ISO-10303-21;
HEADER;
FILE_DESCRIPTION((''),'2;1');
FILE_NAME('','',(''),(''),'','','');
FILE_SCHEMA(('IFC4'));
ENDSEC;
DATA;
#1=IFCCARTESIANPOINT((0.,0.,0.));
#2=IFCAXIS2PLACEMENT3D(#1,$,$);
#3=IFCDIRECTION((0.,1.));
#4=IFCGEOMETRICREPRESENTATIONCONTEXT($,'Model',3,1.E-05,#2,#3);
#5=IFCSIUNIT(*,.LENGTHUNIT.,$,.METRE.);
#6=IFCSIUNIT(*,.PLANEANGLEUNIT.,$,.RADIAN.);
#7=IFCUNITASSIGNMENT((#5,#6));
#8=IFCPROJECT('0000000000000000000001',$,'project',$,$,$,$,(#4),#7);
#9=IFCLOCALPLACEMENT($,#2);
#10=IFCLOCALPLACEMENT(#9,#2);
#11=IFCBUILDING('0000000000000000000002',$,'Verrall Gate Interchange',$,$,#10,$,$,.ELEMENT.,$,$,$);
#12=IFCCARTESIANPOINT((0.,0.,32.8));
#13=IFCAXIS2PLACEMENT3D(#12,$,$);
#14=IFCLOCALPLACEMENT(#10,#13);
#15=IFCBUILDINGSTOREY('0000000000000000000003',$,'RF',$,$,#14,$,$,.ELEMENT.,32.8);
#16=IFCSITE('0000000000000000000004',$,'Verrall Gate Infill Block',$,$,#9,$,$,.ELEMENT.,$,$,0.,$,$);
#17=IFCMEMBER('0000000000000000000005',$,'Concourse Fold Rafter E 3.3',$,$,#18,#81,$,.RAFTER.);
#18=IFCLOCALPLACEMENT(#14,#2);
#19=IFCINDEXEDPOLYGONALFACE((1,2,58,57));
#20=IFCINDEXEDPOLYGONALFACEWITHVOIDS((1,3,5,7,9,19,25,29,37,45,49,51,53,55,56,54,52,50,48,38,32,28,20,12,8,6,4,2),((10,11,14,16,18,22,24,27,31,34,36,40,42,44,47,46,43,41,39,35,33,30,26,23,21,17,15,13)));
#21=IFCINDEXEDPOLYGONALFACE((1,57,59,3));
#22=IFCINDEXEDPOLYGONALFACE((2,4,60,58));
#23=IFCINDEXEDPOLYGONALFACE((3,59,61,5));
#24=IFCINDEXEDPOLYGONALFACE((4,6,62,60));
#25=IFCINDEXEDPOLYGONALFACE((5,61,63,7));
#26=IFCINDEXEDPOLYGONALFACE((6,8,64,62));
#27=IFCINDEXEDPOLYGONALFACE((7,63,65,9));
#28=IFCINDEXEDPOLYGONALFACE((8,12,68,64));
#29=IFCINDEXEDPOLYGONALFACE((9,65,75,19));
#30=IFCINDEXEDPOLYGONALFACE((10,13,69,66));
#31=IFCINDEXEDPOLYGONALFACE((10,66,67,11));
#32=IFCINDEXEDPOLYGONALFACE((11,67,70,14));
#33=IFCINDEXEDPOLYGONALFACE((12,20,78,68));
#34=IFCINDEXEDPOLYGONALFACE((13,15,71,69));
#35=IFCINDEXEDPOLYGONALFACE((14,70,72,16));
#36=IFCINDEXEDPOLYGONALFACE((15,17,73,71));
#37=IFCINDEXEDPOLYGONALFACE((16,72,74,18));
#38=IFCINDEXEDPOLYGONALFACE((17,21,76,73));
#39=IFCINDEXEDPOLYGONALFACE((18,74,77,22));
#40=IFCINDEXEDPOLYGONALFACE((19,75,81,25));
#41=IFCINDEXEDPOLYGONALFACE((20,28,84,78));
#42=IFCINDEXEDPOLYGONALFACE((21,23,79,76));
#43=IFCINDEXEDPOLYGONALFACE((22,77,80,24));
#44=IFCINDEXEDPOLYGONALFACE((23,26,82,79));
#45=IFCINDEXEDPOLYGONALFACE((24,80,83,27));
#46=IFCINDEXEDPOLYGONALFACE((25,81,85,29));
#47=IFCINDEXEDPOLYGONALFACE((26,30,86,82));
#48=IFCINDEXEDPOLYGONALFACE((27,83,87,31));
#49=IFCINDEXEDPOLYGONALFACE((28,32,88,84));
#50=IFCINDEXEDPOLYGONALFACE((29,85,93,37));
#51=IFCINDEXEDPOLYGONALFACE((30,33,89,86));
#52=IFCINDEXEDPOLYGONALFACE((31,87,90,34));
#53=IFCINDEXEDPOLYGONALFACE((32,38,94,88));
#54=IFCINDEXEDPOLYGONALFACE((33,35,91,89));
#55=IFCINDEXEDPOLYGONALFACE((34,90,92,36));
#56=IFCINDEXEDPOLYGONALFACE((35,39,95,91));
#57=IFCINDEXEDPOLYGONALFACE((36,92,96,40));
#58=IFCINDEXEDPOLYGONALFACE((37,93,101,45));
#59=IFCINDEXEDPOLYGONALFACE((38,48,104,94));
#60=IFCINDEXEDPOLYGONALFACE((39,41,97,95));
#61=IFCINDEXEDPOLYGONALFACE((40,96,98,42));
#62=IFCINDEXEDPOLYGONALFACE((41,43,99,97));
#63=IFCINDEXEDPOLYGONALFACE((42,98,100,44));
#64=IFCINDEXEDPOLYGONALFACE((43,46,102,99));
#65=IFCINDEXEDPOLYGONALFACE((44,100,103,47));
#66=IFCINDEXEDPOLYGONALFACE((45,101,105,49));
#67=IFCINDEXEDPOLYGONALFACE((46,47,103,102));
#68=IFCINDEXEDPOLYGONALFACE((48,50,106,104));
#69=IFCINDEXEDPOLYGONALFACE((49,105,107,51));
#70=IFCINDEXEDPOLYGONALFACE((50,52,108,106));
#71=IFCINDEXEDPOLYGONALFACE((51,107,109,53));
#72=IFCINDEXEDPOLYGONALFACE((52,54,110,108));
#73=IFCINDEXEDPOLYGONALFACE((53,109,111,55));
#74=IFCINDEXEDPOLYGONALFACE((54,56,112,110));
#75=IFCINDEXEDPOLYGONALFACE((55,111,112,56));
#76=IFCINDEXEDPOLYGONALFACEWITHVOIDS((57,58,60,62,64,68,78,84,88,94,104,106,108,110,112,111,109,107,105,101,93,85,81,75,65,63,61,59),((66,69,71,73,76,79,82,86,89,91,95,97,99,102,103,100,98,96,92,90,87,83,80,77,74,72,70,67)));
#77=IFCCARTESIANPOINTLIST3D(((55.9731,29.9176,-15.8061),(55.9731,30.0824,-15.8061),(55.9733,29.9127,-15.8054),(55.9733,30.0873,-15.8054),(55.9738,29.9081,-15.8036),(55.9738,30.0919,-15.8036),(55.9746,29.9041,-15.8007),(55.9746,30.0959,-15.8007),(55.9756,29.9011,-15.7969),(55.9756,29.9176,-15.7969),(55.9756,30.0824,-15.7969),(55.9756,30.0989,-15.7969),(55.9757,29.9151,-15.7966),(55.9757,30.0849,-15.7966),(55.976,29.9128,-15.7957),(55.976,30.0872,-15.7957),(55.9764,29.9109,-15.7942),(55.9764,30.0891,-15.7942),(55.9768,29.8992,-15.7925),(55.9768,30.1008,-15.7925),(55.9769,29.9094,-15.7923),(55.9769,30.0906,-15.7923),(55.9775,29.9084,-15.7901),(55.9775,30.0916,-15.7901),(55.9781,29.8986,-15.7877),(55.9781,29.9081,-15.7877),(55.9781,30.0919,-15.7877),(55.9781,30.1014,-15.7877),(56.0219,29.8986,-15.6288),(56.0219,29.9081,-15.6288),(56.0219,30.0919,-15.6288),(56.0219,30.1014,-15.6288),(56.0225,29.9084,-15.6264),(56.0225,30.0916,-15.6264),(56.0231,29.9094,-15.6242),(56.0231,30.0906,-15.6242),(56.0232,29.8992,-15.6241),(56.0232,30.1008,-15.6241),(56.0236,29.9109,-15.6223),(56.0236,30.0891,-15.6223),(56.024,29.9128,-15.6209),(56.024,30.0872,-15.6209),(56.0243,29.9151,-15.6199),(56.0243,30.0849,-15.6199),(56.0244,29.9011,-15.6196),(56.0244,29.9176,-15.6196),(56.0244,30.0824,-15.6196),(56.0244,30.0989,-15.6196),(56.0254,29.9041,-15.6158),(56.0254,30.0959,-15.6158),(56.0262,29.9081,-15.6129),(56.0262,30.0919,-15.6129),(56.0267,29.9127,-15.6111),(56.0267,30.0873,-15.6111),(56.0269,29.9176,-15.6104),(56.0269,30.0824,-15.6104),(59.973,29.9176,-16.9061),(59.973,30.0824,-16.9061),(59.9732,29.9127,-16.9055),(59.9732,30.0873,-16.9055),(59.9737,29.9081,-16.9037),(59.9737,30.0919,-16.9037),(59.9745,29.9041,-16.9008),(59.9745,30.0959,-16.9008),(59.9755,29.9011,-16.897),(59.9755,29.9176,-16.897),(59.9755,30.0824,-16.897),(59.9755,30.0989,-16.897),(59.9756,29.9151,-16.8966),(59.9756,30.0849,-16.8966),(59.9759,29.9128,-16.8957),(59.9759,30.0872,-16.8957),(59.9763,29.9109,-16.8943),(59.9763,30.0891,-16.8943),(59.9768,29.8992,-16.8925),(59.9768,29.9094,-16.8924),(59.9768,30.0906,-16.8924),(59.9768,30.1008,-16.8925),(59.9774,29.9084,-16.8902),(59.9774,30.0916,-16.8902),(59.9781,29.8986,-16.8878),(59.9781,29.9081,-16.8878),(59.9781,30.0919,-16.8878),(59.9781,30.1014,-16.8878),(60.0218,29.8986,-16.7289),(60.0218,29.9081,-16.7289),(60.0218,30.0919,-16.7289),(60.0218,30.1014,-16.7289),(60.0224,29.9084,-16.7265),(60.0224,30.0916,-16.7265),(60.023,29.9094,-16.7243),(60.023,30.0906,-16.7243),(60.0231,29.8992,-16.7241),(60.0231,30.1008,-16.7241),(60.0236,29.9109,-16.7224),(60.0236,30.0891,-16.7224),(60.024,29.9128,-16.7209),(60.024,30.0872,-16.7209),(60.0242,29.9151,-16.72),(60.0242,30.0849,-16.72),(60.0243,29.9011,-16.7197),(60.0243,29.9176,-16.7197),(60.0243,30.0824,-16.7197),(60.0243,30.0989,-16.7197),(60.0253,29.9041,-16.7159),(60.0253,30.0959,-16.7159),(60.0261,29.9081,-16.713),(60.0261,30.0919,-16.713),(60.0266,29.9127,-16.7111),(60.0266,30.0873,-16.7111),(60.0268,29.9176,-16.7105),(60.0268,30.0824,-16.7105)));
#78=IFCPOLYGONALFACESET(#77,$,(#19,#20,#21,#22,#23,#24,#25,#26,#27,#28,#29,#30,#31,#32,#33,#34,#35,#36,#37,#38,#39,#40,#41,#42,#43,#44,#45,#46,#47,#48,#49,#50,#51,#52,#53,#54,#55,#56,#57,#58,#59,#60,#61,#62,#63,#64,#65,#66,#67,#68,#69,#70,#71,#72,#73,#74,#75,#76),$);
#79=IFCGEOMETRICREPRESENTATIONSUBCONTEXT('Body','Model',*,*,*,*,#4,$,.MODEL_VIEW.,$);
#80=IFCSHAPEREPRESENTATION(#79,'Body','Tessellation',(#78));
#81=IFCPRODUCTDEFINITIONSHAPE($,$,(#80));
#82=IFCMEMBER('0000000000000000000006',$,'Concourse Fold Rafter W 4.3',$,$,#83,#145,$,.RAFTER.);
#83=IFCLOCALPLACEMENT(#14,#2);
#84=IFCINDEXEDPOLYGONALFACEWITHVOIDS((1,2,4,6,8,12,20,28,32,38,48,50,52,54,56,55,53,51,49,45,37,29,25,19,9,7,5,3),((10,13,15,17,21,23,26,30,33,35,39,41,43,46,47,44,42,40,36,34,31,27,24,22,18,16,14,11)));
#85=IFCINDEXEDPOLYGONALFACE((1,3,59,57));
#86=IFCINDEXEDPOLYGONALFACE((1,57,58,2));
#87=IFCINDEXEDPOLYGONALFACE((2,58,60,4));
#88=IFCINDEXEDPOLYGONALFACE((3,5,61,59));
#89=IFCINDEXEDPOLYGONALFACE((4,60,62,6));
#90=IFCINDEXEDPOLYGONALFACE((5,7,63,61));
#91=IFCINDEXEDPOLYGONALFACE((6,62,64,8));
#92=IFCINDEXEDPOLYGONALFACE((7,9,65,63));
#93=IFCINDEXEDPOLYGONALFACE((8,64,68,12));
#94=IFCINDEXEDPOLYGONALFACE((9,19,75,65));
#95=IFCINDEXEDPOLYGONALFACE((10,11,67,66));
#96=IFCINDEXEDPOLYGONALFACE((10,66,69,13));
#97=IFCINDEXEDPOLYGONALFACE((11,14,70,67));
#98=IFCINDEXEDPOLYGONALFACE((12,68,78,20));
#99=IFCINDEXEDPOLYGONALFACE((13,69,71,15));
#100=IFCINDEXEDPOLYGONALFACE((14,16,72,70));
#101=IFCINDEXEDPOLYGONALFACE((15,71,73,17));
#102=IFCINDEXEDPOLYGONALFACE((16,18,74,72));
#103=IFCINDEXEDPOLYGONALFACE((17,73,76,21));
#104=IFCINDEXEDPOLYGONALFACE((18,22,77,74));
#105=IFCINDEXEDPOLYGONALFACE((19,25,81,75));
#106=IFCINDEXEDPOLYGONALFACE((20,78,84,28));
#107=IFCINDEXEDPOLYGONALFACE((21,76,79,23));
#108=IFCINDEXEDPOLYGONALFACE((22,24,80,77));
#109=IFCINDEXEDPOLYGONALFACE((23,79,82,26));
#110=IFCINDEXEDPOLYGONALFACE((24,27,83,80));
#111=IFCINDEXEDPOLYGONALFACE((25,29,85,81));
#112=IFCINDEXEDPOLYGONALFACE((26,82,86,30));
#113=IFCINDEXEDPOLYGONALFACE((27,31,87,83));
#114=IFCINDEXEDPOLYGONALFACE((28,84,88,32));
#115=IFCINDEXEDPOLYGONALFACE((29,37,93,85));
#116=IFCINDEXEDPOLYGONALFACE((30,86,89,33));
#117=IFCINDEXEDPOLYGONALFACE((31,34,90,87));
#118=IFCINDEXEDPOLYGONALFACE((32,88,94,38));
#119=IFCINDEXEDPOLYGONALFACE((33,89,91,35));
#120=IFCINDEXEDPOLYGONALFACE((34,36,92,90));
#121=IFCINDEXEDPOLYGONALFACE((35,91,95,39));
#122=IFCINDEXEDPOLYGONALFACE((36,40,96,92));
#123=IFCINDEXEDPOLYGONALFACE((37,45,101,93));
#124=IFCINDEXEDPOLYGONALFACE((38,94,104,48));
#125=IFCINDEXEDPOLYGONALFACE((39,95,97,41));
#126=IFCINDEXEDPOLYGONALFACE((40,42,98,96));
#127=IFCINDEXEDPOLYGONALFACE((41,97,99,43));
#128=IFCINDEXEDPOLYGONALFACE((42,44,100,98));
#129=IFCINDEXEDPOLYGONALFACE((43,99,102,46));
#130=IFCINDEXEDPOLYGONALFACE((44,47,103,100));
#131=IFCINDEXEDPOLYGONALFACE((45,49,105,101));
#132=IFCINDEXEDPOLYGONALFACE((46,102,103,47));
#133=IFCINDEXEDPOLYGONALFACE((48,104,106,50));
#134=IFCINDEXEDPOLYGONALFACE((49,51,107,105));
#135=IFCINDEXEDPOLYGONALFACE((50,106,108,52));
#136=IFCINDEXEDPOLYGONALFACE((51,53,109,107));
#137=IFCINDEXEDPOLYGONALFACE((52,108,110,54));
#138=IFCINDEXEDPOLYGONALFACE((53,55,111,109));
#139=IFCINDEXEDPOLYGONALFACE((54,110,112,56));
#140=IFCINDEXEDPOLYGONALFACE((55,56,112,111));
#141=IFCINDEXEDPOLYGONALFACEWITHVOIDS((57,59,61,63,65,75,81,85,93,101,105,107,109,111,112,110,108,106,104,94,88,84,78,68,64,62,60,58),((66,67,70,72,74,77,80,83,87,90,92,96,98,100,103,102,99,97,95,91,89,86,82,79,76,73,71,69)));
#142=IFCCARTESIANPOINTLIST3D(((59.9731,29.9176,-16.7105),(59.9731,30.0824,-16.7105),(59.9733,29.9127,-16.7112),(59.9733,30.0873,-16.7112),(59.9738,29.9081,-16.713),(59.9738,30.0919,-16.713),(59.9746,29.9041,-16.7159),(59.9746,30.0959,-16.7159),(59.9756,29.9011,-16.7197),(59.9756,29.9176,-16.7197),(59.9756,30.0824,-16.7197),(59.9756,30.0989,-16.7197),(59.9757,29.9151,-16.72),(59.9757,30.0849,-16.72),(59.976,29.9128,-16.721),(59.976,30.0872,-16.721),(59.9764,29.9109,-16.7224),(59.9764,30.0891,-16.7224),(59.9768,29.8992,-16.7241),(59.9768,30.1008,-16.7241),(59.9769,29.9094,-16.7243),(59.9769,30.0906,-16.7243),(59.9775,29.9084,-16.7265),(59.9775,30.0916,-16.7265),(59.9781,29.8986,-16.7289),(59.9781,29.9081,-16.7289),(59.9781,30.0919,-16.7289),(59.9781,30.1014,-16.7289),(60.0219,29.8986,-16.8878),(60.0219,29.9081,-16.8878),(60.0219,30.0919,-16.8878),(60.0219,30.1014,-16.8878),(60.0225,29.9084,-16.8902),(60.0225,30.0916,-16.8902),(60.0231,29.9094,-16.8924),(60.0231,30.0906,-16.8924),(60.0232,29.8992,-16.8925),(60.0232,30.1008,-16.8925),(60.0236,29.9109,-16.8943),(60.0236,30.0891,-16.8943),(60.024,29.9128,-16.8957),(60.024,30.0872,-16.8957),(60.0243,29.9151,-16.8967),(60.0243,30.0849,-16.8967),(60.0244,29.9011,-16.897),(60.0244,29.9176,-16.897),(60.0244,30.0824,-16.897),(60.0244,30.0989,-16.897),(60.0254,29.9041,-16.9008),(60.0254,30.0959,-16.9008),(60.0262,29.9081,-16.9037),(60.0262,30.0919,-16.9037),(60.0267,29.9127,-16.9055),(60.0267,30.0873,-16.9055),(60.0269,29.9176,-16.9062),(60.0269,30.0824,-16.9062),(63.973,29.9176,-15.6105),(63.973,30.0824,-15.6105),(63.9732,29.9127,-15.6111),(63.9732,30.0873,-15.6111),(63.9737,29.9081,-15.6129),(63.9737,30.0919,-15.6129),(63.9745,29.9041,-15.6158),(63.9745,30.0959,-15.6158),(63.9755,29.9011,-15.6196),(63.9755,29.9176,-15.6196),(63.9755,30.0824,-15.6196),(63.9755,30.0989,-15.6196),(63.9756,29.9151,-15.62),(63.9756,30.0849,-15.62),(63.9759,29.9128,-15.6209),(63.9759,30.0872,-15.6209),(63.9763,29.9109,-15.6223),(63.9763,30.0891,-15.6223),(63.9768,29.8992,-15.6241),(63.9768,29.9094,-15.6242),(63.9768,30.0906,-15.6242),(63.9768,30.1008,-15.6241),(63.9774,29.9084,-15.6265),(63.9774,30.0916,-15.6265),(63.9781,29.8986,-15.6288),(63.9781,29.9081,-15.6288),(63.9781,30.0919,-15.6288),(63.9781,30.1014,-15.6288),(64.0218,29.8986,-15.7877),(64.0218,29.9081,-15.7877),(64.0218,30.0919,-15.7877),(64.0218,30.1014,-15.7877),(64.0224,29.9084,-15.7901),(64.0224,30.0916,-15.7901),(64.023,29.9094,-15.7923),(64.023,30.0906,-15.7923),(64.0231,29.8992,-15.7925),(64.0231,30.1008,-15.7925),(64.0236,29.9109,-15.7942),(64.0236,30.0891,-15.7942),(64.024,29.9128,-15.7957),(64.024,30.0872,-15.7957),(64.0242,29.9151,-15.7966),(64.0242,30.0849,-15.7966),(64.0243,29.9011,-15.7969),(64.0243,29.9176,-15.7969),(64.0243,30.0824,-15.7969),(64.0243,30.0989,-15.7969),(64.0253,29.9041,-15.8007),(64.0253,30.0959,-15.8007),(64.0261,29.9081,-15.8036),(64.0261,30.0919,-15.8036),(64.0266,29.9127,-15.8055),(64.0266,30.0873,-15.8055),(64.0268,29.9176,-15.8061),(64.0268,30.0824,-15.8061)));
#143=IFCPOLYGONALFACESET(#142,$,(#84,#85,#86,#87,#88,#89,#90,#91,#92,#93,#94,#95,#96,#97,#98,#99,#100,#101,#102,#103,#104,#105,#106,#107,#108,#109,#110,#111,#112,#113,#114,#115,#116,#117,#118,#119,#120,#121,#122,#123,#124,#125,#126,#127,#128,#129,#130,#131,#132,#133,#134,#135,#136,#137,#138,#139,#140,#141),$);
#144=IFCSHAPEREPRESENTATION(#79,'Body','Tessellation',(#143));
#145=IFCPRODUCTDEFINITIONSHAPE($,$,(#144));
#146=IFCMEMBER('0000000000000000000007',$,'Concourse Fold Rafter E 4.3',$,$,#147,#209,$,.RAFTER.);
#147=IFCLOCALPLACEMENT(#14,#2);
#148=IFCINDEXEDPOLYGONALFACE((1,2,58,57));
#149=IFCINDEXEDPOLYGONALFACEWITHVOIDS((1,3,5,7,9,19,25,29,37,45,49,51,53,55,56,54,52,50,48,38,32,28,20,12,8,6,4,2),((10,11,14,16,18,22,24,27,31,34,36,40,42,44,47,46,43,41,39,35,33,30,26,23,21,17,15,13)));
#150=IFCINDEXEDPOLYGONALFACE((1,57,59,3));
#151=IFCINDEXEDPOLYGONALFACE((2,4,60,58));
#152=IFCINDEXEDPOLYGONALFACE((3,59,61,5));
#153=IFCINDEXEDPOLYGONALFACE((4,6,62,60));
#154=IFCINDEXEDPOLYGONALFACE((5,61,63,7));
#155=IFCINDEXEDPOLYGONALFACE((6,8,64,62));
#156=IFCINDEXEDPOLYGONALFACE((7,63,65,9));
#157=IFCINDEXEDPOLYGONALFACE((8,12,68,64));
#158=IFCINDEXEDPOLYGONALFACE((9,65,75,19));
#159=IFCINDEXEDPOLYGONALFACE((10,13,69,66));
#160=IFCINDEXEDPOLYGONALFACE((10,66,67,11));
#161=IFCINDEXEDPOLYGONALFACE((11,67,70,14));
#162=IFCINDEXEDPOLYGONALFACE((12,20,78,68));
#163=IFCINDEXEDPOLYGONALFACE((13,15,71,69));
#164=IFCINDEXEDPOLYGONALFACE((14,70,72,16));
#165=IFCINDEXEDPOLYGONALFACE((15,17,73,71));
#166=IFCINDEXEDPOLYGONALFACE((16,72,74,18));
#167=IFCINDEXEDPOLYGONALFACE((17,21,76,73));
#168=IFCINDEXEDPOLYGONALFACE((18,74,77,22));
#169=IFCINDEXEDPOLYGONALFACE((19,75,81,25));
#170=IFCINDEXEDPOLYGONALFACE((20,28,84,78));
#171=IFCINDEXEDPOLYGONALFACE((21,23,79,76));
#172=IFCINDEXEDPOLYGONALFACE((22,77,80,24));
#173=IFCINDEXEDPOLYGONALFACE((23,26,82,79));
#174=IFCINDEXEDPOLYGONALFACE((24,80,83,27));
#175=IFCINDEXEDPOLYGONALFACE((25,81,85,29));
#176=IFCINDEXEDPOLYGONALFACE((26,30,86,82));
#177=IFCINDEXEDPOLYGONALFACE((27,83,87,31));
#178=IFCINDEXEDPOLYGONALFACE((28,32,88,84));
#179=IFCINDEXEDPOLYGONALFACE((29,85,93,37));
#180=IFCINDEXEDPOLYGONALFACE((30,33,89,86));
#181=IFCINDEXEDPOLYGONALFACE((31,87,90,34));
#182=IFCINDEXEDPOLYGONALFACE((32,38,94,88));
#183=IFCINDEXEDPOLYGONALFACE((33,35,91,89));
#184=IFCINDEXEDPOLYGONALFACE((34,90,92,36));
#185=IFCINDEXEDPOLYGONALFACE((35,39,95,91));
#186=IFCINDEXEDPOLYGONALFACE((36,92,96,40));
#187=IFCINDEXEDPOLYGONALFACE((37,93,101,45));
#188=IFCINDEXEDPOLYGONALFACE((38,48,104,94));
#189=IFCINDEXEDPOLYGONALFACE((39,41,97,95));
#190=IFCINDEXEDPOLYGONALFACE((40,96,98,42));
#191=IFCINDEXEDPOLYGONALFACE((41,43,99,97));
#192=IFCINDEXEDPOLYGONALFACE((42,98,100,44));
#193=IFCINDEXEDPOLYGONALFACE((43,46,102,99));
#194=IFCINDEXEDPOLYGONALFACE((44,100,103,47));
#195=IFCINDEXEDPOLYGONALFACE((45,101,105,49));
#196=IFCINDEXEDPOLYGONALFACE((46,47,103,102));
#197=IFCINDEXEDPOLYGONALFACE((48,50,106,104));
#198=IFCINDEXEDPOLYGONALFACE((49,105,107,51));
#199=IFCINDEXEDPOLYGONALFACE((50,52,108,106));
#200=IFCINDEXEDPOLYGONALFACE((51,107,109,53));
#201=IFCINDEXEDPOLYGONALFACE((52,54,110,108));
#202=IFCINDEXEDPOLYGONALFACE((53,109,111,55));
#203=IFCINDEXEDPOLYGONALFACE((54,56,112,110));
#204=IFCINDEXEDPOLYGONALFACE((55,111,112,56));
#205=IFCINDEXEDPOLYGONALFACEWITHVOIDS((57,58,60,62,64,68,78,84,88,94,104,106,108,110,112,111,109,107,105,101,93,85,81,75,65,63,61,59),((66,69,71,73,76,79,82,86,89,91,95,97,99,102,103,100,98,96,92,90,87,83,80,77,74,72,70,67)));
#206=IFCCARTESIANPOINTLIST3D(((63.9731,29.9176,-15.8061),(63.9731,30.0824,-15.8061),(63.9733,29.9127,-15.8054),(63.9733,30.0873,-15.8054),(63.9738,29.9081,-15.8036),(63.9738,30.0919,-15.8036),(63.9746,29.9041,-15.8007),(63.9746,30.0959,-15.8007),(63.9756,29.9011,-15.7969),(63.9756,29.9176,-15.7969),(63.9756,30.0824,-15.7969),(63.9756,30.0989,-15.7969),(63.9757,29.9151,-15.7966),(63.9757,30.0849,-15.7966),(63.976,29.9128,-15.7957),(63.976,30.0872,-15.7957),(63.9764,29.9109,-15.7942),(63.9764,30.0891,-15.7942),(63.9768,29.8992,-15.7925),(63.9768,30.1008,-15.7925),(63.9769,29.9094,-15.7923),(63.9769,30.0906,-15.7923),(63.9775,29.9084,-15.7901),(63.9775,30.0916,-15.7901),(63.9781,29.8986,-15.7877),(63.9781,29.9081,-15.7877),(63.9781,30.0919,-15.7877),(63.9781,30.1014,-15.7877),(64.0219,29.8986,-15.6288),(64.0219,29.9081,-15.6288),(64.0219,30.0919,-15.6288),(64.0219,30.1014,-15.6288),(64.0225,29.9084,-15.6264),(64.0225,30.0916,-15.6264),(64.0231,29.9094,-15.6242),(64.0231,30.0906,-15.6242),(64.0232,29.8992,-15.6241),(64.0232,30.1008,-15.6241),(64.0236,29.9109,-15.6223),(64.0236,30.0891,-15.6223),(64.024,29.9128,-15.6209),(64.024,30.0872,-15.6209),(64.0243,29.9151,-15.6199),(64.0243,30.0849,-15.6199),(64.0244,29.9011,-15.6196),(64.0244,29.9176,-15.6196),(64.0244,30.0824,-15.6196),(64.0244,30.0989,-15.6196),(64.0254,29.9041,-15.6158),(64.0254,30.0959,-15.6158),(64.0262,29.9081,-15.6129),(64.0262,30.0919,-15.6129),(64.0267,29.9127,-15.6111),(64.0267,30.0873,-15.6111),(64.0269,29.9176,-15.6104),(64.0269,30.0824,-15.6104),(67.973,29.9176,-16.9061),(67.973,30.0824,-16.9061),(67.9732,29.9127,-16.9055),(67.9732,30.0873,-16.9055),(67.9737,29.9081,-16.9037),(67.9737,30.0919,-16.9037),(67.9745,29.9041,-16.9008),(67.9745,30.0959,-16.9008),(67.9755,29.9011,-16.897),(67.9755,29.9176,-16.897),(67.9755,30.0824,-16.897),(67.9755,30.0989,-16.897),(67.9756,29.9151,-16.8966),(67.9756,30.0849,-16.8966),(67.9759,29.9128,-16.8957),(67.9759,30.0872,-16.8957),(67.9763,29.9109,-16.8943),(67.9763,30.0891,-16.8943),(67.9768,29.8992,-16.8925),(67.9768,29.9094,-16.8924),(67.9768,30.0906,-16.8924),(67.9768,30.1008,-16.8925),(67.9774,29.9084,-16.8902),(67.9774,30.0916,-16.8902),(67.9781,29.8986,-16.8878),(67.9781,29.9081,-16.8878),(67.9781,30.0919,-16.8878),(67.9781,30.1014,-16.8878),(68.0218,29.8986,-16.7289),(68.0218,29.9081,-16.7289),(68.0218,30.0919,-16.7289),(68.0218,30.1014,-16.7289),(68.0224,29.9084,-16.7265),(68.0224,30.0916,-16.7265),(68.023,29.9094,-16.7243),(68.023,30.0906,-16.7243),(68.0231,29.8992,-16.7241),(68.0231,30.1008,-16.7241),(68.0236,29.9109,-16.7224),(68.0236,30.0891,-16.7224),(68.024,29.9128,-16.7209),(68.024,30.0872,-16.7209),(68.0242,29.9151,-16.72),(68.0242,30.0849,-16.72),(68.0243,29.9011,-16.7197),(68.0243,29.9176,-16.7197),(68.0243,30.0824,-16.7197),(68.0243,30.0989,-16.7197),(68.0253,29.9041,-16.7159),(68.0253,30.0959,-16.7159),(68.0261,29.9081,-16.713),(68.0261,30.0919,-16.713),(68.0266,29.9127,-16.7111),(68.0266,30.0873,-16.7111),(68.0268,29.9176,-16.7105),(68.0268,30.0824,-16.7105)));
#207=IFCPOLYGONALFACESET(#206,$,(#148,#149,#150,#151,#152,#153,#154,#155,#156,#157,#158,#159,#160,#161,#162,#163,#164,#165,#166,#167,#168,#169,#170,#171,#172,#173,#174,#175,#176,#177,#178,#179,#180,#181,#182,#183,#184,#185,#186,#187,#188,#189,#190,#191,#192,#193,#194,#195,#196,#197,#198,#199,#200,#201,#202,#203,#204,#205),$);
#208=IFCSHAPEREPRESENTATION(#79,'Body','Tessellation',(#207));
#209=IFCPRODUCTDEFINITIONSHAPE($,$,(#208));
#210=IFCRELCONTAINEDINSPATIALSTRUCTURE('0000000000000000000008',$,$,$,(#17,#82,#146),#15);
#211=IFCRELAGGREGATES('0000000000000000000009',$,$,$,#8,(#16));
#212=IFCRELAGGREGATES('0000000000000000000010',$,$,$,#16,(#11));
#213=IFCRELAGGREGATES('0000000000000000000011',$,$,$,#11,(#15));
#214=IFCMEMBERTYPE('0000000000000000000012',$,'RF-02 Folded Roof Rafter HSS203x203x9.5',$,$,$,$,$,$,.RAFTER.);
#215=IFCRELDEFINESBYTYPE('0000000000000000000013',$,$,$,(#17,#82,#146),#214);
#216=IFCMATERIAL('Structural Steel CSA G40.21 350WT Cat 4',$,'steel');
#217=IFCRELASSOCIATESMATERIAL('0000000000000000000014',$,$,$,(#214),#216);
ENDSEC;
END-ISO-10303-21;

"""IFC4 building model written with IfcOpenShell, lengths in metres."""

from ifc_helpers import new_model, si_unit, direction, frame, origin, origin_2d, place, context, subcontext, project, spatial, hollow_rectangle, extrude, material, material_profile, profile_set, type_object, element, save


model = new_model("IFC4")

# Units and contexts
model_context = context("Model", 3, precision=1e-05, world=origin(), true_north=direction((0.0, 1.0)))
body_context = subcontext(model_context, "Body", "Model", "MODEL_VIEW")
ifc_project = project(units=[si_unit("LENGTHUNIT", "METRE"), si_unit("PLANEANGLEUNIT", "RADIAN")], contexts=[model_context])

# Site, building, storey
site_placement = place(None, origin())
site = spatial("IfcSite", under=ifc_project, at=site_placement, Name="Verrall Gate Infill Block", CompositionType="ELEMENT", RefElevation=0.0)
building_placement = place(site_placement, origin())
building = spatial("IfcBuilding", under=site, at=building_placement, Name="Verrall Gate Interchange", CompositionType="ELEMENT")
storey_placement = place(building_placement, frame((0.0, 0.0, 32.8)))
storey = spatial("IfcBuildingStorey", under=building, at=storey_placement, Name="RF", CompositionType="ELEMENT", Elevation=32.8)

# Members
ifc_material_1 = material(Name="Structural Steel CSA G40.21 350WT Cat 4", Category="steel")
ifc_material_profile_1 = material_profile(ifc_material_1, hollow_rectangle(XDim=0.2029, YDim=0.2029, WallThickness=0.0095, InnerFilletRadius=0.0095, OuterFilletRadius=0.019, at=origin_2d()), Name="HSS203x203x9.5")
ifc_profile_set_1 = profile_set([ifc_material_profile_1], Name="Structural Steel CSA G40.21 350WT Cat 4")
member_type_1 = type_object("IfcMemberType", Name="RF-02 Folded Roof Rafter HSS203x203x9.5", PredefinedType="RAFTER", material=ifc_profile_set_1)
for number, where, z_axis, x_axis, name in (
    (1, (56.0, 30.0, -15.7083), (0.964199, 0.0, -0.265178), (0.0, 1.0, 0.0), "Concourse Fold Rafter E 3.3"),
    (2, (60.0, 30.0, -16.8083), (0.964199, 0.0, 0.265178), (0.0, 1.0, 0.0), "Concourse Fold Rafter W 4.3"),
    (3, (64.0, 30.0, -15.7083), (0.964199, 0.0, -0.265178), (0.0, 1.0, 0.0), "Concourse Fold Rafter E 4.3"),
):
    element("IfcMember", number, at=place(storey_placement, frame(where, z_axis=z_axis, x_axis=x_axis)), inside=storey, type_object=member_type_1, Name=name, PredefinedType="RAFTER", context=body_context, shape_type="SweptSolid", body=[
        extrude(hollow_rectangle(XDim=0.2029, YDim=0.2029, WallThickness=0.0095, InnerFilletRadius=0.0095, OuterFilletRadius=0.019, at=origin_2d()), origin(), (0.0, 0.0, 1.0), 4.1484),
    ])

save(model, "model.ifc")
